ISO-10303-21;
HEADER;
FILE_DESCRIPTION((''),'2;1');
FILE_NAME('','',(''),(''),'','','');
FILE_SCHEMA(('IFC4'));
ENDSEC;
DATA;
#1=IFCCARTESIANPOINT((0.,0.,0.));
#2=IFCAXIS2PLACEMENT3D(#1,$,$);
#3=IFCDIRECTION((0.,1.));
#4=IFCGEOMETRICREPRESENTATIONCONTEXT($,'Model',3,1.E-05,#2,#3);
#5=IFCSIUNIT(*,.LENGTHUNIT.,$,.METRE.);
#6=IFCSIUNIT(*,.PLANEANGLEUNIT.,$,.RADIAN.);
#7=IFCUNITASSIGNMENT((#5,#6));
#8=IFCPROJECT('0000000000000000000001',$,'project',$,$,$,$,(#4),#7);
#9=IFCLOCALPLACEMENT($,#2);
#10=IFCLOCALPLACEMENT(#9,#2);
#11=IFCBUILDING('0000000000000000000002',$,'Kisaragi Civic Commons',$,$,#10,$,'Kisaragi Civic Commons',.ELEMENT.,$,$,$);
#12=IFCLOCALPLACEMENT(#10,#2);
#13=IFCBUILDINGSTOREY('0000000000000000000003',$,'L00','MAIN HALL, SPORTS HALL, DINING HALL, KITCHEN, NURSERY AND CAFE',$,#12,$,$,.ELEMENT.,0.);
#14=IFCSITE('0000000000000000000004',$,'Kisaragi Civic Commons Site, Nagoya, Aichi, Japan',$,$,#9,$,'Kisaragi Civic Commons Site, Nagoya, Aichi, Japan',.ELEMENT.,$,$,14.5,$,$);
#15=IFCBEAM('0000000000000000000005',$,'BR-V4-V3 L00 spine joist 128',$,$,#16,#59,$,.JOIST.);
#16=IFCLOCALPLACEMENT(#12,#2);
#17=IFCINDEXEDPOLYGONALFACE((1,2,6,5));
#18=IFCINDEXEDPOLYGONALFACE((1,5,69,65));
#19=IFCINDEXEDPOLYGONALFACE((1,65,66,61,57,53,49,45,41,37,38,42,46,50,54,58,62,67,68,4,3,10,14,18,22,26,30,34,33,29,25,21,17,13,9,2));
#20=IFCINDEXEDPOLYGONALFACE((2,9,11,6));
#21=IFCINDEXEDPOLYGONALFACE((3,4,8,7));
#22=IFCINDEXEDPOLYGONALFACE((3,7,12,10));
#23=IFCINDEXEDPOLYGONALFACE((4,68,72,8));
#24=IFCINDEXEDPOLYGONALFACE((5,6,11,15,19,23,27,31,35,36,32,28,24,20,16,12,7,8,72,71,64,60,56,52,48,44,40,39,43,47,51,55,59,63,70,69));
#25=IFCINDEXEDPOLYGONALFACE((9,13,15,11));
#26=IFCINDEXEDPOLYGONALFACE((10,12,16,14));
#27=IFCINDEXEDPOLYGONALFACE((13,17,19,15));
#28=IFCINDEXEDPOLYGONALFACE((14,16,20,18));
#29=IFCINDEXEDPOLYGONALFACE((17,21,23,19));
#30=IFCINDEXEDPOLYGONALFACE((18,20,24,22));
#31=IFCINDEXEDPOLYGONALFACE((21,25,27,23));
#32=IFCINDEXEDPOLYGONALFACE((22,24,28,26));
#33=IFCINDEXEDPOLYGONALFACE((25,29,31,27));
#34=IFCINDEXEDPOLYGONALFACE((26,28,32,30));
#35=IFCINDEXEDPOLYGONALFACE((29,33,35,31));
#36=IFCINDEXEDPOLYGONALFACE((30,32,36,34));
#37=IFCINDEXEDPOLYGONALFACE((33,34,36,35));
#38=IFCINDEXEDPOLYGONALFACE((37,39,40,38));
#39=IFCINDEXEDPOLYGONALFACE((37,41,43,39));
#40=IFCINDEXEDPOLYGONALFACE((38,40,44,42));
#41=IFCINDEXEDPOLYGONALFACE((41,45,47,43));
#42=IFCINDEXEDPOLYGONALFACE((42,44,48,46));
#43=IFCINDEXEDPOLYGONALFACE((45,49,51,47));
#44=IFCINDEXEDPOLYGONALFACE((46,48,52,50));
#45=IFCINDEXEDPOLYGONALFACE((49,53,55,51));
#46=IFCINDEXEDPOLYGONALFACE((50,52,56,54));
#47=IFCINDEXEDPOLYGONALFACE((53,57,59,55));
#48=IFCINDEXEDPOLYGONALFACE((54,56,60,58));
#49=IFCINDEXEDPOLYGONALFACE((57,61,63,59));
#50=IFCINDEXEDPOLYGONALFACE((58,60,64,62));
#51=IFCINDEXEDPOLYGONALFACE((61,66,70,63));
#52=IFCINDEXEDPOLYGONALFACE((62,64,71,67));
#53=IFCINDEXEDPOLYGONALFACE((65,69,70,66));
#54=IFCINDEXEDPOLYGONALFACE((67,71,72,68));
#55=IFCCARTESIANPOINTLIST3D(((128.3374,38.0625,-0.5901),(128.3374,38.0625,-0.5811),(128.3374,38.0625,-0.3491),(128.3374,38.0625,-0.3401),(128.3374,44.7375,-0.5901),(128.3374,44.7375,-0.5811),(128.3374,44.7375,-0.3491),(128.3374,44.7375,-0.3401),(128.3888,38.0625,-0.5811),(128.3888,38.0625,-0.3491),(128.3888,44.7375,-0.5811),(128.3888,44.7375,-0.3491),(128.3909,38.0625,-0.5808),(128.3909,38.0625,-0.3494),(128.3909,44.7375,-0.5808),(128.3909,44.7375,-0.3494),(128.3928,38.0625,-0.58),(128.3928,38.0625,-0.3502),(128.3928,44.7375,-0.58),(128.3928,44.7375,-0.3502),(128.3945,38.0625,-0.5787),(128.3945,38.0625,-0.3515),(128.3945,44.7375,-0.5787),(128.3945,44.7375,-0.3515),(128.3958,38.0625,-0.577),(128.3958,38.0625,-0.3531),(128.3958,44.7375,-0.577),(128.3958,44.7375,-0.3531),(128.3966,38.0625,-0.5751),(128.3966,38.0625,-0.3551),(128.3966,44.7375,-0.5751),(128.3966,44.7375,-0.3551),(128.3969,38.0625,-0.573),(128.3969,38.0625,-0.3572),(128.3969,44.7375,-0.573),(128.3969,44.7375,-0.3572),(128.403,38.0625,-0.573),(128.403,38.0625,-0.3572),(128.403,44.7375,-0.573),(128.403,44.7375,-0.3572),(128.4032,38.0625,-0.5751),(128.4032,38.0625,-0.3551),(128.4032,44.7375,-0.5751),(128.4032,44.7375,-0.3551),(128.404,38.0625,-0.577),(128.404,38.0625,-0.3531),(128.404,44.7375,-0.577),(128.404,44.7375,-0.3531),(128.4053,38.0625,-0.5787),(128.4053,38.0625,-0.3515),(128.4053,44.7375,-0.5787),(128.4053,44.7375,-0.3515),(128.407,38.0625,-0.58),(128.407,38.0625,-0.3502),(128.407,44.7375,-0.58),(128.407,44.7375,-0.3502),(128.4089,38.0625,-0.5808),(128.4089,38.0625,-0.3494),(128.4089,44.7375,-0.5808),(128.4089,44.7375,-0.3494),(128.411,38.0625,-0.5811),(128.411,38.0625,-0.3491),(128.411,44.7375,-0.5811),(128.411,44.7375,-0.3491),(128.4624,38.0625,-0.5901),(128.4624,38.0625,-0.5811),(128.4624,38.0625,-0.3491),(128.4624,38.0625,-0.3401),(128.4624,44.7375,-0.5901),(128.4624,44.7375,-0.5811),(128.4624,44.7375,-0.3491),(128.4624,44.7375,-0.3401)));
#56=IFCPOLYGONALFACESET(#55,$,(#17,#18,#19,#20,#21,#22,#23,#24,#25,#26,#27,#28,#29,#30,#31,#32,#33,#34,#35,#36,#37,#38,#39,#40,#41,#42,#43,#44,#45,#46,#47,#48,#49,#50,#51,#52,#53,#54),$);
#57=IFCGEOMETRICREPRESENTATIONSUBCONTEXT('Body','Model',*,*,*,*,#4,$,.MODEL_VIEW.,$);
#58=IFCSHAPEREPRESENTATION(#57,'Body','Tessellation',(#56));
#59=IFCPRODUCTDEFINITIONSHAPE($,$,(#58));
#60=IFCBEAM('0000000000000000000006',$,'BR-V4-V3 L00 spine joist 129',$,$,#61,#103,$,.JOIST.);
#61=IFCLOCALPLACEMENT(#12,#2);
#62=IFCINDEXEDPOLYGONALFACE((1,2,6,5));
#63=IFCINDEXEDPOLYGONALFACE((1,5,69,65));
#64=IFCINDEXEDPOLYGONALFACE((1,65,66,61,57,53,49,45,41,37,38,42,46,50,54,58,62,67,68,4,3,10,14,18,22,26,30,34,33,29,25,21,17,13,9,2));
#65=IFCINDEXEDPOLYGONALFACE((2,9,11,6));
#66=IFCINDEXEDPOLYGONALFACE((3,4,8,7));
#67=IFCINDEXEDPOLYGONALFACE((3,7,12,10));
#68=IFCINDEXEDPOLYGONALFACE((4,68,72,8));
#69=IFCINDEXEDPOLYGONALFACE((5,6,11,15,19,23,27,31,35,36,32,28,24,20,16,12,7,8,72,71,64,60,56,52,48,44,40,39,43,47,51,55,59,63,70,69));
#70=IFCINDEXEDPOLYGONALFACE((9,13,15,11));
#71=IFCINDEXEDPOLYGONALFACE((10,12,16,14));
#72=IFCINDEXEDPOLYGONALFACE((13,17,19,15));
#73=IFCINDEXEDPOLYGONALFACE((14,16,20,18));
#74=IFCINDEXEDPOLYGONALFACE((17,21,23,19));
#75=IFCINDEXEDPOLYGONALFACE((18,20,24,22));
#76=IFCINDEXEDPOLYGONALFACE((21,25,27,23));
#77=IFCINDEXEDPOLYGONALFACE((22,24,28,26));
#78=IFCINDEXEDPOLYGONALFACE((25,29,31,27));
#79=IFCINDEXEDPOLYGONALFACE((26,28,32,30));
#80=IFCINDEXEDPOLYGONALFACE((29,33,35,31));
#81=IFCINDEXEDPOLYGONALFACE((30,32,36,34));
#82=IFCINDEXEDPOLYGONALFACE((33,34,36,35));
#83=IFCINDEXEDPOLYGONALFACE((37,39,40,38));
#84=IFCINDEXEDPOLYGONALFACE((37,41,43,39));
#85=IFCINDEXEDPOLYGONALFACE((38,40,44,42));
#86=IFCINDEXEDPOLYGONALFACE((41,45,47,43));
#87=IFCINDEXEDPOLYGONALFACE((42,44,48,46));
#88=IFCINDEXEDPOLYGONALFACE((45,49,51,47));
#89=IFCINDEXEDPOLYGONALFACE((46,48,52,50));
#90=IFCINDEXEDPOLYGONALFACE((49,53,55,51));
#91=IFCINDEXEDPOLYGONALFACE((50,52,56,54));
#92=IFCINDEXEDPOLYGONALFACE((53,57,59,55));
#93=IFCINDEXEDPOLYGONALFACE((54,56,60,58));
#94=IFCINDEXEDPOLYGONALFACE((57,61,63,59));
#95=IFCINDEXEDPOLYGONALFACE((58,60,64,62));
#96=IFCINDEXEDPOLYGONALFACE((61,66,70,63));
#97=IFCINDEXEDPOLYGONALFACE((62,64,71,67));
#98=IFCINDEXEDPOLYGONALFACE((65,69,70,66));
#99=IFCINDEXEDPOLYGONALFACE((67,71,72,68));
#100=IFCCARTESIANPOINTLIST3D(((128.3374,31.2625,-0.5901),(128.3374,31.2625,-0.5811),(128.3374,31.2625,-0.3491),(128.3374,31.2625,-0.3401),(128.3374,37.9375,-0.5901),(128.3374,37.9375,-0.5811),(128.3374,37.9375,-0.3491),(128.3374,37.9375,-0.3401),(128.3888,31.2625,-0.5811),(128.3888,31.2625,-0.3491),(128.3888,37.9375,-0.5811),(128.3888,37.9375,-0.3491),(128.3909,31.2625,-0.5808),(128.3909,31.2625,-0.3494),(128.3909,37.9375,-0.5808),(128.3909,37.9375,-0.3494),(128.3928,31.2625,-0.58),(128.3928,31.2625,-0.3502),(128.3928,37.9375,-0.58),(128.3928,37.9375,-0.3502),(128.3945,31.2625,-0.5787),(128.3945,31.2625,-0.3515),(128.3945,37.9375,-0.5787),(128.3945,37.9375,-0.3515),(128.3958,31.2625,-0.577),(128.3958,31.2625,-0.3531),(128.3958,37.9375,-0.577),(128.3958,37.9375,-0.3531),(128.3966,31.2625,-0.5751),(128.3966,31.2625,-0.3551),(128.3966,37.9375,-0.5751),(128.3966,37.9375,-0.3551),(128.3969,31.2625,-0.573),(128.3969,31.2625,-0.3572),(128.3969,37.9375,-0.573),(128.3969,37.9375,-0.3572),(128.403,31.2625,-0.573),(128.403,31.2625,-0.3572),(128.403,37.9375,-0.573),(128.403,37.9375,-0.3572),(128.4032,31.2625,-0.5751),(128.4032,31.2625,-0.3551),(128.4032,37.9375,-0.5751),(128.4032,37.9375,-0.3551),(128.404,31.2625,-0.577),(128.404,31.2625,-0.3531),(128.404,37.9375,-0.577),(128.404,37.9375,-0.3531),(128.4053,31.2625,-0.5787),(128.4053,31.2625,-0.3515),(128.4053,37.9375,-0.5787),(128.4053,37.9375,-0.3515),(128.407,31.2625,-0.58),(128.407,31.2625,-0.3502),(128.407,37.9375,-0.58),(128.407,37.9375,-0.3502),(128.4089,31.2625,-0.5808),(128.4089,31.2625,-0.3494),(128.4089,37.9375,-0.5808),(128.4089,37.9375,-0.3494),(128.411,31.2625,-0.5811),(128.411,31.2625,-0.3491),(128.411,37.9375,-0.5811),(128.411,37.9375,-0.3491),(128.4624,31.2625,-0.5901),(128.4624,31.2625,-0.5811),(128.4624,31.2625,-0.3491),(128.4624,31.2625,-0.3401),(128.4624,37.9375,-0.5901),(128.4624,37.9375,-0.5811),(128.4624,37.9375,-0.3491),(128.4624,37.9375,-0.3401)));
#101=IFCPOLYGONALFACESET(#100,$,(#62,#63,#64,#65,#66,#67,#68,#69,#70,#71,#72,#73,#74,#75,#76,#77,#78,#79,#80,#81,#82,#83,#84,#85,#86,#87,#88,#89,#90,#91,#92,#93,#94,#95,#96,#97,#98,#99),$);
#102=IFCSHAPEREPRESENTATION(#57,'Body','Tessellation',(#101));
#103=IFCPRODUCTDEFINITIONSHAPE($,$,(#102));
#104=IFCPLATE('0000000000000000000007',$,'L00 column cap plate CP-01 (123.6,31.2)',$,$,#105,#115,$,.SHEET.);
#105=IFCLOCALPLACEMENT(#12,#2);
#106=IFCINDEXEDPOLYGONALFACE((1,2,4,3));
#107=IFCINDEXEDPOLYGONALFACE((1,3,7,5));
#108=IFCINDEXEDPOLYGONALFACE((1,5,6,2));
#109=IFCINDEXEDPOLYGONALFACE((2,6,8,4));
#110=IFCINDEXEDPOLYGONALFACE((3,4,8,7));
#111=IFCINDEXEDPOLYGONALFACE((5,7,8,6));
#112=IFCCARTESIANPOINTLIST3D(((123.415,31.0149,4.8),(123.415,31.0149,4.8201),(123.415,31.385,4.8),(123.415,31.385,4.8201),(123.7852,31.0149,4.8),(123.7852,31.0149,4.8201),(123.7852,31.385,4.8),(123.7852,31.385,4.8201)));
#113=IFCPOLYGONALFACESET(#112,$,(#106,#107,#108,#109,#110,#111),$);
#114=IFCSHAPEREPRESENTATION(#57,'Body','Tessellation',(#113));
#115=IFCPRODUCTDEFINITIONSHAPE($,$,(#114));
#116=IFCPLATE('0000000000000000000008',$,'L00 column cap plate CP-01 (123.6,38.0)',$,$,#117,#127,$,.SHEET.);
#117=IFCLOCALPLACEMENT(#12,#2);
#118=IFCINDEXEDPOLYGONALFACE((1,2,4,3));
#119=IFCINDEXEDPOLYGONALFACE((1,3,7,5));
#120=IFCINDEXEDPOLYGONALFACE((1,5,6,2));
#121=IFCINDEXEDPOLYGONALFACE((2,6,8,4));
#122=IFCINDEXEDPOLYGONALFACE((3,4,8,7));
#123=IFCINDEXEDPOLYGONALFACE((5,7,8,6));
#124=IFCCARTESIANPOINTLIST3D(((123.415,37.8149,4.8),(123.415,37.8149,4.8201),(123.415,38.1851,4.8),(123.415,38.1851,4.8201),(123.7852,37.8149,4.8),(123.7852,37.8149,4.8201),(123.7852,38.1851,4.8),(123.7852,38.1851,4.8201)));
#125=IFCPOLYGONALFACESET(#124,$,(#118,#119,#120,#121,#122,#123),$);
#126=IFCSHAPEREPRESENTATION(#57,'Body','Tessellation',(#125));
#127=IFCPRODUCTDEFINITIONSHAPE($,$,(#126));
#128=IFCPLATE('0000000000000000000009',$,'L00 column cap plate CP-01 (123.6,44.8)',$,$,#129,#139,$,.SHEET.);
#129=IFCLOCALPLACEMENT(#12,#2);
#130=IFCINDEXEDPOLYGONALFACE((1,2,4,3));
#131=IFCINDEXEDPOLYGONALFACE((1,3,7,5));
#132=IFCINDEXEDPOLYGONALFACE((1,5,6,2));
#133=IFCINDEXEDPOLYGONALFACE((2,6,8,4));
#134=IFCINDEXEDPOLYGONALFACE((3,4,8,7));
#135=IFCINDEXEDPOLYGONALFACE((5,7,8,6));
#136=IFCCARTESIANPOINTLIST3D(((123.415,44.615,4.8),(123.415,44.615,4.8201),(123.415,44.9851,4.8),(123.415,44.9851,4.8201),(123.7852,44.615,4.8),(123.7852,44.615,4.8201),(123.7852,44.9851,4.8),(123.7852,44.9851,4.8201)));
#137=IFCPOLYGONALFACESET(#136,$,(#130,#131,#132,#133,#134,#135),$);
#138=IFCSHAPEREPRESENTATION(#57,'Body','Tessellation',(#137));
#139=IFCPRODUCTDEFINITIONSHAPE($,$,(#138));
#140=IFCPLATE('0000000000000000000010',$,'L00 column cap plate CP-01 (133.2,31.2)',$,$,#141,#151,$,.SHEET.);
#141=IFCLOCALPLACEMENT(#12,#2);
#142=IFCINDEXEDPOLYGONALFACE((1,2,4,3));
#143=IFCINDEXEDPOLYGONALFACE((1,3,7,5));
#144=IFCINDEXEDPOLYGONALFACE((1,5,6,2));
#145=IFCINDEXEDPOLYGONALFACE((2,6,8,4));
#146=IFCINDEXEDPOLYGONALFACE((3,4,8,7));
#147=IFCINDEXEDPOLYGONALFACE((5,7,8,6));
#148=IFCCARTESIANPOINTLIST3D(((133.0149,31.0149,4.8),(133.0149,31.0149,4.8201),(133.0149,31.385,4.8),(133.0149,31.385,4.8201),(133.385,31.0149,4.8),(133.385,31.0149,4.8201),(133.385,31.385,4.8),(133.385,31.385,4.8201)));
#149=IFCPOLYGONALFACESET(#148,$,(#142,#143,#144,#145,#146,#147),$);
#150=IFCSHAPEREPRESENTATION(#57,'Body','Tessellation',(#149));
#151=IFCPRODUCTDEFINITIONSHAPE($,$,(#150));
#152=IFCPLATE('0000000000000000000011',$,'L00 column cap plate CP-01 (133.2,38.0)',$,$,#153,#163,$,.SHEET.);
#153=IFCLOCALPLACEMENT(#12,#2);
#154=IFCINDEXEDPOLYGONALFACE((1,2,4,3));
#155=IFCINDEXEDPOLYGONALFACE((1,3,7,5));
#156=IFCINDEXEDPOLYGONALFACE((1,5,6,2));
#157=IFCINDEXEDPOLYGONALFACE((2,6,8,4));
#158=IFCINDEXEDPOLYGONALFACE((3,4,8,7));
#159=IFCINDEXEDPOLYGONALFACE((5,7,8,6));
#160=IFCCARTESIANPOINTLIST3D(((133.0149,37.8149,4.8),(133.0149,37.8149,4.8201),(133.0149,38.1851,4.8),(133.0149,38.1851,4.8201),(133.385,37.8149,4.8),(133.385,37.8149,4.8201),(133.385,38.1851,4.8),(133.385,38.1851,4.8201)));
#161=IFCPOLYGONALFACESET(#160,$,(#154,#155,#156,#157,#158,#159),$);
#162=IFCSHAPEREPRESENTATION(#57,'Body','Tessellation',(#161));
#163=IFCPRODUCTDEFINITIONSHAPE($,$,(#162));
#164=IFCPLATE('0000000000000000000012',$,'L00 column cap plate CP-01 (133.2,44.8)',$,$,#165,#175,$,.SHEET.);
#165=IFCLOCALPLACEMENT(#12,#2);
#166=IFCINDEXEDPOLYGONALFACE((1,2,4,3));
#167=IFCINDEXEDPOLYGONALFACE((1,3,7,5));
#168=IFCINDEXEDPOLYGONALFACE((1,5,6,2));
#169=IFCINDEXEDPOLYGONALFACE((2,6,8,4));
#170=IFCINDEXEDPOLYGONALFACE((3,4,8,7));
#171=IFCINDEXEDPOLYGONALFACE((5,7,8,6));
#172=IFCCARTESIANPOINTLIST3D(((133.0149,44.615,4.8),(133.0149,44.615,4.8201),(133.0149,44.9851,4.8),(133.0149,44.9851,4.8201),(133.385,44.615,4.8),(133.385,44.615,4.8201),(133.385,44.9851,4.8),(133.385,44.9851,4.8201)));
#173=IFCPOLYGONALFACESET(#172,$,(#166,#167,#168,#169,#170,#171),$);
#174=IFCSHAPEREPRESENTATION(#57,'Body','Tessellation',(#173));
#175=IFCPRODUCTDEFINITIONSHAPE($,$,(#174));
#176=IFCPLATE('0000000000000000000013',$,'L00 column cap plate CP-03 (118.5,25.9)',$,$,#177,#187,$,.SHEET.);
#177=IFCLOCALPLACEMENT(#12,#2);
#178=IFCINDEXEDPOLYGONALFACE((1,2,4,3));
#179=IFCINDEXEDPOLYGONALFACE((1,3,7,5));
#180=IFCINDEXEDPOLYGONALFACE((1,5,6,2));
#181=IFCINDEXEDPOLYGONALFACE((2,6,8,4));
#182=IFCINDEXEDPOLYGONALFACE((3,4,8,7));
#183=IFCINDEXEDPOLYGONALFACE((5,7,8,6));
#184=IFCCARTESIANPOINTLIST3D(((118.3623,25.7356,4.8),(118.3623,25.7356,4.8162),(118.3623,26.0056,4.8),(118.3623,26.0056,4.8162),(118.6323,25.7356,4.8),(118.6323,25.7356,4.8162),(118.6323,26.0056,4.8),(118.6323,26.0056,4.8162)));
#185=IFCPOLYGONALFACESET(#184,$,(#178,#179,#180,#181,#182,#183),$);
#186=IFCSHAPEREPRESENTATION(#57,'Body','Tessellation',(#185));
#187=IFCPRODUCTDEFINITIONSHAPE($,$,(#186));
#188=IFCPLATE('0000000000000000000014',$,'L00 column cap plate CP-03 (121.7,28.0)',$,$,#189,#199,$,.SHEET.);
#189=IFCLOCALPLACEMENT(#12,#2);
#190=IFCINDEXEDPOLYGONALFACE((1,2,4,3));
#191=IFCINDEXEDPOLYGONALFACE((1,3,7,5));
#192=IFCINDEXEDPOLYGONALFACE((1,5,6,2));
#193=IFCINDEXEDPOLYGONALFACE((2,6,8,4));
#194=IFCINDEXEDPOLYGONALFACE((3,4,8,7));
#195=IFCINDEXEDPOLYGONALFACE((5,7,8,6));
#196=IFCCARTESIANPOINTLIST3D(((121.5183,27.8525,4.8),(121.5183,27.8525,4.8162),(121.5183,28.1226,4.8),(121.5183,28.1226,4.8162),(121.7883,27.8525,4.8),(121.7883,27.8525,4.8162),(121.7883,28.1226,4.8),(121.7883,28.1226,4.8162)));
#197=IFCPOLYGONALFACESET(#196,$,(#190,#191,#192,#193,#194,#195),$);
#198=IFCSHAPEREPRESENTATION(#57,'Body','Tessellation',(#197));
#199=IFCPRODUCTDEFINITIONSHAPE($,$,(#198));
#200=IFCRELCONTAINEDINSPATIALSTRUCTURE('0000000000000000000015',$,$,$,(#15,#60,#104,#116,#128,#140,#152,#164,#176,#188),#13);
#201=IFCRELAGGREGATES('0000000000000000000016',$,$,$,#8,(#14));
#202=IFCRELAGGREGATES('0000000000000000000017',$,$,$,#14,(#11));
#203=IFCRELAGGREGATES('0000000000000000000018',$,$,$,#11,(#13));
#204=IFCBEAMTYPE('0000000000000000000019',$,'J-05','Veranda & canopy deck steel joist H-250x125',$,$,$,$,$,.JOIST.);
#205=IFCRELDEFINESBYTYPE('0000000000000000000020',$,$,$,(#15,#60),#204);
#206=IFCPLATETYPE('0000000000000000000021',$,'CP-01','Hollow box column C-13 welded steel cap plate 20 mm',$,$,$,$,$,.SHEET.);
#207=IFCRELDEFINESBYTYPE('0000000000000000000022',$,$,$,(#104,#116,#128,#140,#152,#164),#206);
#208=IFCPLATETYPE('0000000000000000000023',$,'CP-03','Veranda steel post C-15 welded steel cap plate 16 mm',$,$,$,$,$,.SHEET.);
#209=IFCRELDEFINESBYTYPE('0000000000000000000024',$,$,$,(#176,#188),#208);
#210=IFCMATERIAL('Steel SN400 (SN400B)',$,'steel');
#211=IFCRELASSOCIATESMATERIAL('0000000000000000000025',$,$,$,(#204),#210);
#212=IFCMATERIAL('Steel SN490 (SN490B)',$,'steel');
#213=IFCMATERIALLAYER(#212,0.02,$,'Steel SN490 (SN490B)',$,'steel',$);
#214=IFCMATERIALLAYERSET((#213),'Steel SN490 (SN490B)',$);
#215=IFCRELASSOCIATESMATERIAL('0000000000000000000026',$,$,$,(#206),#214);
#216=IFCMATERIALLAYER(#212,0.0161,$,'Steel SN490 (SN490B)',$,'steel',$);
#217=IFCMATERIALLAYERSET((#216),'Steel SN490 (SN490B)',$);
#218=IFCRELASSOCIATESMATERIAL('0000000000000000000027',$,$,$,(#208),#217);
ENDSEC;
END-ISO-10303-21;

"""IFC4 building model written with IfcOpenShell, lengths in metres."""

from ifc_helpers import new_model, si_unit, direction, frame, origin, origin_2d, place, context, subcontext, project, spatial, rectangle, i_section, extrude, material, layer, layer_set, material_profile, profile_set, type_object, element, save


model = new_model("IFC4")

# Units and contexts
model_context = context("Model", 3, precision=1e-05, world=origin(), true_north=direction((0.0, 1.0)))
body_context = subcontext(model_context, "Body", "Model", "MODEL_VIEW")
ifc_project = project(units=[si_unit("LENGTHUNIT", "METRE"), si_unit("PLANEANGLEUNIT", "RADIAN")], contexts=[model_context])

# Site, building, storey
site_placement = place(None, origin())
site = spatial("IfcSite", under=ifc_project, at=site_placement, Name="Kisaragi Civic Commons Site, Nagoya, Aichi, Japan", LongName="Kisaragi Civic Commons Site, Nagoya, Aichi, Japan", CompositionType="ELEMENT", RefElevation=14.5)
building_placement = place(site_placement, origin())
building = spatial("IfcBuilding", under=site, at=building_placement, Name="Kisaragi Civic Commons", LongName="Kisaragi Civic Commons", CompositionType="ELEMENT")
storey_placement = place(building_placement, origin())
storey = spatial("IfcBuildingStorey", under=building, at=storey_placement, Name="L00", Description="MAIN HALL, SPORTS HALL, DINING HALL, KITCHEN, NURSERY AND CAFE", CompositionType="ELEMENT", Elevation=0.0)

# Beams
ifc_material_1 = material(Name="Steel SN490 (SN490B)", Category="steel")
ifc_material_2 = material(Name="Steel SN400 (SN400B)", Category="steel")
ifc_material_profile_1 = material_profile(ifc_material_2, i_section(OverallWidth=0.125, OverallDepth=0.25, WebThickness=0.0061, FlangeThickness=0.009, FilletRadius=0.0081, at=origin_2d()), Name="H-250x125x6x9", Category="steel")
ifc_profile_set_1 = profile_set([ifc_material_profile_1], Name="Steel SN400 (SN400B)")
beam_type_1 = type_object("IfcBeamType", Name="J-05", Description="Veranda & canopy deck steel joist H-250x125", PredefinedType="JOIST", material=ifc_profile_set_1)
for number, where, z_axis, x_axis, name in (
    (1, (128.3999, 44.7375, -0.4651), (0.0, -1.0, 0.0), (1.0, 0.0, 0.0), "BR-V4-V3 L00 spine joist 128"),
    (2, (128.3999, 37.9375, -0.4651), (0.0, -1.0, 0.0), (1.0, 0.0, 0.0), "BR-V4-V3 L00 spine joist 129"),
):
    element("IfcBeam", number, at=place(storey_placement, frame(where, z_axis=z_axis, x_axis=x_axis)), inside=storey, type_object=beam_type_1, Name=name, PredefinedType="JOIST", context=body_context, shape_type="SweptSolid", body=[
        extrude(i_section(OverallWidth=0.125, OverallDepth=0.25, WebThickness=0.0061, FlangeThickness=0.009, FilletRadius=0.0081, at=origin_2d()), origin(), (0.0, 0.0, 1.0), 6.675),
    ])

# Plates
ifc_layer_1 = layer(ifc_material_1, 0.02, Name="Steel SN490 (SN490B)", Category="steel")
ifc_layer_set_1 = layer_set([ifc_layer_1], Name="Steel SN490 (SN490B)")
plate_type_1 = type_object("IfcPlateType", Name="CP-01", Description="Hollow box column C-13 welded steel cap plate 20 mm", PredefinedType="SHEET", material=ifc_layer_set_1)
for number, where, z_axis, x_axis, name in (
    (3, (123.6001, 31.2, 4.8), (0.0, 0.0, 1.0), (1.0, 0.0, 0.0), "L00 column cap plate CP-01 (123.6,31.2)"),
    (4, (123.6001, 38.0, 4.8), (0.0, 0.0, 1.0), (1.0, 0.0, 0.0), "L00 column cap plate CP-01 (123.6,38.0)"),
    (5, (123.6001, 44.8, 4.8), (0.0, 0.0, 1.0), (1.0, 0.0, 0.0), "L00 column cap plate CP-01 (123.6,44.8)"),
    (6, (133.2, 31.2, 4.8), (0.0, 0.0, 1.0), (1.0, 0.0, 0.0), "L00 column cap plate CP-01 (133.2,31.2)"),
    (7, (133.2, 38.0, 4.8), (0.0, 0.0, 1.0), (1.0, 0.0, 0.0), "L00 column cap plate CP-01 (133.2,38.0)"),
    (8, (133.2, 44.8, 4.8), (0.0, 0.0, 1.0), (1.0, 0.0, 0.0), "L00 column cap plate CP-01 (133.2,44.8)"),
):
    element("IfcPlate", number, at=place(storey_placement, frame(where, z_axis=z_axis, x_axis=x_axis)), inside=storey, type_object=plate_type_1, Name=name, PredefinedType="SHEET", context=body_context, shape_type="SweptSolid", body=[
        extrude(rectangle(XDim=0.3701, YDim=0.3701, at=origin_2d()), origin(), (0.0, 0.0, 1.0), 0.02),
    ])
ifc_layer_2 = layer(ifc_material_1, 0.0161, Name="Steel SN490 (SN490B)", Category="steel")
ifc_layer_set_2 = layer_set([ifc_layer_2], Name="Steel SN490 (SN490B)")
plate_type_2 = type_object("IfcPlateType", Name="CP-03", Description="Veranda steel post C-15 welded steel cap plate 16 mm", PredefinedType="SHEET", material=ifc_layer_set_2)
for number, where, z_axis, x_axis, name in (
    (9, (118.4973, 25.8706, 4.8), (0.0, 0.0, 1.0), (1.0, 0.0, 0.0), "L00 column cap plate CP-03 (118.5,25.9)"),
    (10, (121.6533, 27.9875, 4.8), (0.0, 0.0, 1.0), (1.0, 0.0, 0.0), "L00 column cap plate CP-03 (121.7,28.0)"),
):
    element("IfcPlate", number, at=place(storey_placement, frame(where, z_axis=z_axis, x_axis=x_axis)), inside=storey, type_object=plate_type_2, Name=name, PredefinedType="SHEET", context=body_context, shape_type="SweptSolid", body=[
        extrude(rectangle(XDim=0.27, YDim=0.27, at=origin_2d()), origin(), (0.0, 0.0, 1.0), 0.0161),
    ])

save(model, "model.ifc")
